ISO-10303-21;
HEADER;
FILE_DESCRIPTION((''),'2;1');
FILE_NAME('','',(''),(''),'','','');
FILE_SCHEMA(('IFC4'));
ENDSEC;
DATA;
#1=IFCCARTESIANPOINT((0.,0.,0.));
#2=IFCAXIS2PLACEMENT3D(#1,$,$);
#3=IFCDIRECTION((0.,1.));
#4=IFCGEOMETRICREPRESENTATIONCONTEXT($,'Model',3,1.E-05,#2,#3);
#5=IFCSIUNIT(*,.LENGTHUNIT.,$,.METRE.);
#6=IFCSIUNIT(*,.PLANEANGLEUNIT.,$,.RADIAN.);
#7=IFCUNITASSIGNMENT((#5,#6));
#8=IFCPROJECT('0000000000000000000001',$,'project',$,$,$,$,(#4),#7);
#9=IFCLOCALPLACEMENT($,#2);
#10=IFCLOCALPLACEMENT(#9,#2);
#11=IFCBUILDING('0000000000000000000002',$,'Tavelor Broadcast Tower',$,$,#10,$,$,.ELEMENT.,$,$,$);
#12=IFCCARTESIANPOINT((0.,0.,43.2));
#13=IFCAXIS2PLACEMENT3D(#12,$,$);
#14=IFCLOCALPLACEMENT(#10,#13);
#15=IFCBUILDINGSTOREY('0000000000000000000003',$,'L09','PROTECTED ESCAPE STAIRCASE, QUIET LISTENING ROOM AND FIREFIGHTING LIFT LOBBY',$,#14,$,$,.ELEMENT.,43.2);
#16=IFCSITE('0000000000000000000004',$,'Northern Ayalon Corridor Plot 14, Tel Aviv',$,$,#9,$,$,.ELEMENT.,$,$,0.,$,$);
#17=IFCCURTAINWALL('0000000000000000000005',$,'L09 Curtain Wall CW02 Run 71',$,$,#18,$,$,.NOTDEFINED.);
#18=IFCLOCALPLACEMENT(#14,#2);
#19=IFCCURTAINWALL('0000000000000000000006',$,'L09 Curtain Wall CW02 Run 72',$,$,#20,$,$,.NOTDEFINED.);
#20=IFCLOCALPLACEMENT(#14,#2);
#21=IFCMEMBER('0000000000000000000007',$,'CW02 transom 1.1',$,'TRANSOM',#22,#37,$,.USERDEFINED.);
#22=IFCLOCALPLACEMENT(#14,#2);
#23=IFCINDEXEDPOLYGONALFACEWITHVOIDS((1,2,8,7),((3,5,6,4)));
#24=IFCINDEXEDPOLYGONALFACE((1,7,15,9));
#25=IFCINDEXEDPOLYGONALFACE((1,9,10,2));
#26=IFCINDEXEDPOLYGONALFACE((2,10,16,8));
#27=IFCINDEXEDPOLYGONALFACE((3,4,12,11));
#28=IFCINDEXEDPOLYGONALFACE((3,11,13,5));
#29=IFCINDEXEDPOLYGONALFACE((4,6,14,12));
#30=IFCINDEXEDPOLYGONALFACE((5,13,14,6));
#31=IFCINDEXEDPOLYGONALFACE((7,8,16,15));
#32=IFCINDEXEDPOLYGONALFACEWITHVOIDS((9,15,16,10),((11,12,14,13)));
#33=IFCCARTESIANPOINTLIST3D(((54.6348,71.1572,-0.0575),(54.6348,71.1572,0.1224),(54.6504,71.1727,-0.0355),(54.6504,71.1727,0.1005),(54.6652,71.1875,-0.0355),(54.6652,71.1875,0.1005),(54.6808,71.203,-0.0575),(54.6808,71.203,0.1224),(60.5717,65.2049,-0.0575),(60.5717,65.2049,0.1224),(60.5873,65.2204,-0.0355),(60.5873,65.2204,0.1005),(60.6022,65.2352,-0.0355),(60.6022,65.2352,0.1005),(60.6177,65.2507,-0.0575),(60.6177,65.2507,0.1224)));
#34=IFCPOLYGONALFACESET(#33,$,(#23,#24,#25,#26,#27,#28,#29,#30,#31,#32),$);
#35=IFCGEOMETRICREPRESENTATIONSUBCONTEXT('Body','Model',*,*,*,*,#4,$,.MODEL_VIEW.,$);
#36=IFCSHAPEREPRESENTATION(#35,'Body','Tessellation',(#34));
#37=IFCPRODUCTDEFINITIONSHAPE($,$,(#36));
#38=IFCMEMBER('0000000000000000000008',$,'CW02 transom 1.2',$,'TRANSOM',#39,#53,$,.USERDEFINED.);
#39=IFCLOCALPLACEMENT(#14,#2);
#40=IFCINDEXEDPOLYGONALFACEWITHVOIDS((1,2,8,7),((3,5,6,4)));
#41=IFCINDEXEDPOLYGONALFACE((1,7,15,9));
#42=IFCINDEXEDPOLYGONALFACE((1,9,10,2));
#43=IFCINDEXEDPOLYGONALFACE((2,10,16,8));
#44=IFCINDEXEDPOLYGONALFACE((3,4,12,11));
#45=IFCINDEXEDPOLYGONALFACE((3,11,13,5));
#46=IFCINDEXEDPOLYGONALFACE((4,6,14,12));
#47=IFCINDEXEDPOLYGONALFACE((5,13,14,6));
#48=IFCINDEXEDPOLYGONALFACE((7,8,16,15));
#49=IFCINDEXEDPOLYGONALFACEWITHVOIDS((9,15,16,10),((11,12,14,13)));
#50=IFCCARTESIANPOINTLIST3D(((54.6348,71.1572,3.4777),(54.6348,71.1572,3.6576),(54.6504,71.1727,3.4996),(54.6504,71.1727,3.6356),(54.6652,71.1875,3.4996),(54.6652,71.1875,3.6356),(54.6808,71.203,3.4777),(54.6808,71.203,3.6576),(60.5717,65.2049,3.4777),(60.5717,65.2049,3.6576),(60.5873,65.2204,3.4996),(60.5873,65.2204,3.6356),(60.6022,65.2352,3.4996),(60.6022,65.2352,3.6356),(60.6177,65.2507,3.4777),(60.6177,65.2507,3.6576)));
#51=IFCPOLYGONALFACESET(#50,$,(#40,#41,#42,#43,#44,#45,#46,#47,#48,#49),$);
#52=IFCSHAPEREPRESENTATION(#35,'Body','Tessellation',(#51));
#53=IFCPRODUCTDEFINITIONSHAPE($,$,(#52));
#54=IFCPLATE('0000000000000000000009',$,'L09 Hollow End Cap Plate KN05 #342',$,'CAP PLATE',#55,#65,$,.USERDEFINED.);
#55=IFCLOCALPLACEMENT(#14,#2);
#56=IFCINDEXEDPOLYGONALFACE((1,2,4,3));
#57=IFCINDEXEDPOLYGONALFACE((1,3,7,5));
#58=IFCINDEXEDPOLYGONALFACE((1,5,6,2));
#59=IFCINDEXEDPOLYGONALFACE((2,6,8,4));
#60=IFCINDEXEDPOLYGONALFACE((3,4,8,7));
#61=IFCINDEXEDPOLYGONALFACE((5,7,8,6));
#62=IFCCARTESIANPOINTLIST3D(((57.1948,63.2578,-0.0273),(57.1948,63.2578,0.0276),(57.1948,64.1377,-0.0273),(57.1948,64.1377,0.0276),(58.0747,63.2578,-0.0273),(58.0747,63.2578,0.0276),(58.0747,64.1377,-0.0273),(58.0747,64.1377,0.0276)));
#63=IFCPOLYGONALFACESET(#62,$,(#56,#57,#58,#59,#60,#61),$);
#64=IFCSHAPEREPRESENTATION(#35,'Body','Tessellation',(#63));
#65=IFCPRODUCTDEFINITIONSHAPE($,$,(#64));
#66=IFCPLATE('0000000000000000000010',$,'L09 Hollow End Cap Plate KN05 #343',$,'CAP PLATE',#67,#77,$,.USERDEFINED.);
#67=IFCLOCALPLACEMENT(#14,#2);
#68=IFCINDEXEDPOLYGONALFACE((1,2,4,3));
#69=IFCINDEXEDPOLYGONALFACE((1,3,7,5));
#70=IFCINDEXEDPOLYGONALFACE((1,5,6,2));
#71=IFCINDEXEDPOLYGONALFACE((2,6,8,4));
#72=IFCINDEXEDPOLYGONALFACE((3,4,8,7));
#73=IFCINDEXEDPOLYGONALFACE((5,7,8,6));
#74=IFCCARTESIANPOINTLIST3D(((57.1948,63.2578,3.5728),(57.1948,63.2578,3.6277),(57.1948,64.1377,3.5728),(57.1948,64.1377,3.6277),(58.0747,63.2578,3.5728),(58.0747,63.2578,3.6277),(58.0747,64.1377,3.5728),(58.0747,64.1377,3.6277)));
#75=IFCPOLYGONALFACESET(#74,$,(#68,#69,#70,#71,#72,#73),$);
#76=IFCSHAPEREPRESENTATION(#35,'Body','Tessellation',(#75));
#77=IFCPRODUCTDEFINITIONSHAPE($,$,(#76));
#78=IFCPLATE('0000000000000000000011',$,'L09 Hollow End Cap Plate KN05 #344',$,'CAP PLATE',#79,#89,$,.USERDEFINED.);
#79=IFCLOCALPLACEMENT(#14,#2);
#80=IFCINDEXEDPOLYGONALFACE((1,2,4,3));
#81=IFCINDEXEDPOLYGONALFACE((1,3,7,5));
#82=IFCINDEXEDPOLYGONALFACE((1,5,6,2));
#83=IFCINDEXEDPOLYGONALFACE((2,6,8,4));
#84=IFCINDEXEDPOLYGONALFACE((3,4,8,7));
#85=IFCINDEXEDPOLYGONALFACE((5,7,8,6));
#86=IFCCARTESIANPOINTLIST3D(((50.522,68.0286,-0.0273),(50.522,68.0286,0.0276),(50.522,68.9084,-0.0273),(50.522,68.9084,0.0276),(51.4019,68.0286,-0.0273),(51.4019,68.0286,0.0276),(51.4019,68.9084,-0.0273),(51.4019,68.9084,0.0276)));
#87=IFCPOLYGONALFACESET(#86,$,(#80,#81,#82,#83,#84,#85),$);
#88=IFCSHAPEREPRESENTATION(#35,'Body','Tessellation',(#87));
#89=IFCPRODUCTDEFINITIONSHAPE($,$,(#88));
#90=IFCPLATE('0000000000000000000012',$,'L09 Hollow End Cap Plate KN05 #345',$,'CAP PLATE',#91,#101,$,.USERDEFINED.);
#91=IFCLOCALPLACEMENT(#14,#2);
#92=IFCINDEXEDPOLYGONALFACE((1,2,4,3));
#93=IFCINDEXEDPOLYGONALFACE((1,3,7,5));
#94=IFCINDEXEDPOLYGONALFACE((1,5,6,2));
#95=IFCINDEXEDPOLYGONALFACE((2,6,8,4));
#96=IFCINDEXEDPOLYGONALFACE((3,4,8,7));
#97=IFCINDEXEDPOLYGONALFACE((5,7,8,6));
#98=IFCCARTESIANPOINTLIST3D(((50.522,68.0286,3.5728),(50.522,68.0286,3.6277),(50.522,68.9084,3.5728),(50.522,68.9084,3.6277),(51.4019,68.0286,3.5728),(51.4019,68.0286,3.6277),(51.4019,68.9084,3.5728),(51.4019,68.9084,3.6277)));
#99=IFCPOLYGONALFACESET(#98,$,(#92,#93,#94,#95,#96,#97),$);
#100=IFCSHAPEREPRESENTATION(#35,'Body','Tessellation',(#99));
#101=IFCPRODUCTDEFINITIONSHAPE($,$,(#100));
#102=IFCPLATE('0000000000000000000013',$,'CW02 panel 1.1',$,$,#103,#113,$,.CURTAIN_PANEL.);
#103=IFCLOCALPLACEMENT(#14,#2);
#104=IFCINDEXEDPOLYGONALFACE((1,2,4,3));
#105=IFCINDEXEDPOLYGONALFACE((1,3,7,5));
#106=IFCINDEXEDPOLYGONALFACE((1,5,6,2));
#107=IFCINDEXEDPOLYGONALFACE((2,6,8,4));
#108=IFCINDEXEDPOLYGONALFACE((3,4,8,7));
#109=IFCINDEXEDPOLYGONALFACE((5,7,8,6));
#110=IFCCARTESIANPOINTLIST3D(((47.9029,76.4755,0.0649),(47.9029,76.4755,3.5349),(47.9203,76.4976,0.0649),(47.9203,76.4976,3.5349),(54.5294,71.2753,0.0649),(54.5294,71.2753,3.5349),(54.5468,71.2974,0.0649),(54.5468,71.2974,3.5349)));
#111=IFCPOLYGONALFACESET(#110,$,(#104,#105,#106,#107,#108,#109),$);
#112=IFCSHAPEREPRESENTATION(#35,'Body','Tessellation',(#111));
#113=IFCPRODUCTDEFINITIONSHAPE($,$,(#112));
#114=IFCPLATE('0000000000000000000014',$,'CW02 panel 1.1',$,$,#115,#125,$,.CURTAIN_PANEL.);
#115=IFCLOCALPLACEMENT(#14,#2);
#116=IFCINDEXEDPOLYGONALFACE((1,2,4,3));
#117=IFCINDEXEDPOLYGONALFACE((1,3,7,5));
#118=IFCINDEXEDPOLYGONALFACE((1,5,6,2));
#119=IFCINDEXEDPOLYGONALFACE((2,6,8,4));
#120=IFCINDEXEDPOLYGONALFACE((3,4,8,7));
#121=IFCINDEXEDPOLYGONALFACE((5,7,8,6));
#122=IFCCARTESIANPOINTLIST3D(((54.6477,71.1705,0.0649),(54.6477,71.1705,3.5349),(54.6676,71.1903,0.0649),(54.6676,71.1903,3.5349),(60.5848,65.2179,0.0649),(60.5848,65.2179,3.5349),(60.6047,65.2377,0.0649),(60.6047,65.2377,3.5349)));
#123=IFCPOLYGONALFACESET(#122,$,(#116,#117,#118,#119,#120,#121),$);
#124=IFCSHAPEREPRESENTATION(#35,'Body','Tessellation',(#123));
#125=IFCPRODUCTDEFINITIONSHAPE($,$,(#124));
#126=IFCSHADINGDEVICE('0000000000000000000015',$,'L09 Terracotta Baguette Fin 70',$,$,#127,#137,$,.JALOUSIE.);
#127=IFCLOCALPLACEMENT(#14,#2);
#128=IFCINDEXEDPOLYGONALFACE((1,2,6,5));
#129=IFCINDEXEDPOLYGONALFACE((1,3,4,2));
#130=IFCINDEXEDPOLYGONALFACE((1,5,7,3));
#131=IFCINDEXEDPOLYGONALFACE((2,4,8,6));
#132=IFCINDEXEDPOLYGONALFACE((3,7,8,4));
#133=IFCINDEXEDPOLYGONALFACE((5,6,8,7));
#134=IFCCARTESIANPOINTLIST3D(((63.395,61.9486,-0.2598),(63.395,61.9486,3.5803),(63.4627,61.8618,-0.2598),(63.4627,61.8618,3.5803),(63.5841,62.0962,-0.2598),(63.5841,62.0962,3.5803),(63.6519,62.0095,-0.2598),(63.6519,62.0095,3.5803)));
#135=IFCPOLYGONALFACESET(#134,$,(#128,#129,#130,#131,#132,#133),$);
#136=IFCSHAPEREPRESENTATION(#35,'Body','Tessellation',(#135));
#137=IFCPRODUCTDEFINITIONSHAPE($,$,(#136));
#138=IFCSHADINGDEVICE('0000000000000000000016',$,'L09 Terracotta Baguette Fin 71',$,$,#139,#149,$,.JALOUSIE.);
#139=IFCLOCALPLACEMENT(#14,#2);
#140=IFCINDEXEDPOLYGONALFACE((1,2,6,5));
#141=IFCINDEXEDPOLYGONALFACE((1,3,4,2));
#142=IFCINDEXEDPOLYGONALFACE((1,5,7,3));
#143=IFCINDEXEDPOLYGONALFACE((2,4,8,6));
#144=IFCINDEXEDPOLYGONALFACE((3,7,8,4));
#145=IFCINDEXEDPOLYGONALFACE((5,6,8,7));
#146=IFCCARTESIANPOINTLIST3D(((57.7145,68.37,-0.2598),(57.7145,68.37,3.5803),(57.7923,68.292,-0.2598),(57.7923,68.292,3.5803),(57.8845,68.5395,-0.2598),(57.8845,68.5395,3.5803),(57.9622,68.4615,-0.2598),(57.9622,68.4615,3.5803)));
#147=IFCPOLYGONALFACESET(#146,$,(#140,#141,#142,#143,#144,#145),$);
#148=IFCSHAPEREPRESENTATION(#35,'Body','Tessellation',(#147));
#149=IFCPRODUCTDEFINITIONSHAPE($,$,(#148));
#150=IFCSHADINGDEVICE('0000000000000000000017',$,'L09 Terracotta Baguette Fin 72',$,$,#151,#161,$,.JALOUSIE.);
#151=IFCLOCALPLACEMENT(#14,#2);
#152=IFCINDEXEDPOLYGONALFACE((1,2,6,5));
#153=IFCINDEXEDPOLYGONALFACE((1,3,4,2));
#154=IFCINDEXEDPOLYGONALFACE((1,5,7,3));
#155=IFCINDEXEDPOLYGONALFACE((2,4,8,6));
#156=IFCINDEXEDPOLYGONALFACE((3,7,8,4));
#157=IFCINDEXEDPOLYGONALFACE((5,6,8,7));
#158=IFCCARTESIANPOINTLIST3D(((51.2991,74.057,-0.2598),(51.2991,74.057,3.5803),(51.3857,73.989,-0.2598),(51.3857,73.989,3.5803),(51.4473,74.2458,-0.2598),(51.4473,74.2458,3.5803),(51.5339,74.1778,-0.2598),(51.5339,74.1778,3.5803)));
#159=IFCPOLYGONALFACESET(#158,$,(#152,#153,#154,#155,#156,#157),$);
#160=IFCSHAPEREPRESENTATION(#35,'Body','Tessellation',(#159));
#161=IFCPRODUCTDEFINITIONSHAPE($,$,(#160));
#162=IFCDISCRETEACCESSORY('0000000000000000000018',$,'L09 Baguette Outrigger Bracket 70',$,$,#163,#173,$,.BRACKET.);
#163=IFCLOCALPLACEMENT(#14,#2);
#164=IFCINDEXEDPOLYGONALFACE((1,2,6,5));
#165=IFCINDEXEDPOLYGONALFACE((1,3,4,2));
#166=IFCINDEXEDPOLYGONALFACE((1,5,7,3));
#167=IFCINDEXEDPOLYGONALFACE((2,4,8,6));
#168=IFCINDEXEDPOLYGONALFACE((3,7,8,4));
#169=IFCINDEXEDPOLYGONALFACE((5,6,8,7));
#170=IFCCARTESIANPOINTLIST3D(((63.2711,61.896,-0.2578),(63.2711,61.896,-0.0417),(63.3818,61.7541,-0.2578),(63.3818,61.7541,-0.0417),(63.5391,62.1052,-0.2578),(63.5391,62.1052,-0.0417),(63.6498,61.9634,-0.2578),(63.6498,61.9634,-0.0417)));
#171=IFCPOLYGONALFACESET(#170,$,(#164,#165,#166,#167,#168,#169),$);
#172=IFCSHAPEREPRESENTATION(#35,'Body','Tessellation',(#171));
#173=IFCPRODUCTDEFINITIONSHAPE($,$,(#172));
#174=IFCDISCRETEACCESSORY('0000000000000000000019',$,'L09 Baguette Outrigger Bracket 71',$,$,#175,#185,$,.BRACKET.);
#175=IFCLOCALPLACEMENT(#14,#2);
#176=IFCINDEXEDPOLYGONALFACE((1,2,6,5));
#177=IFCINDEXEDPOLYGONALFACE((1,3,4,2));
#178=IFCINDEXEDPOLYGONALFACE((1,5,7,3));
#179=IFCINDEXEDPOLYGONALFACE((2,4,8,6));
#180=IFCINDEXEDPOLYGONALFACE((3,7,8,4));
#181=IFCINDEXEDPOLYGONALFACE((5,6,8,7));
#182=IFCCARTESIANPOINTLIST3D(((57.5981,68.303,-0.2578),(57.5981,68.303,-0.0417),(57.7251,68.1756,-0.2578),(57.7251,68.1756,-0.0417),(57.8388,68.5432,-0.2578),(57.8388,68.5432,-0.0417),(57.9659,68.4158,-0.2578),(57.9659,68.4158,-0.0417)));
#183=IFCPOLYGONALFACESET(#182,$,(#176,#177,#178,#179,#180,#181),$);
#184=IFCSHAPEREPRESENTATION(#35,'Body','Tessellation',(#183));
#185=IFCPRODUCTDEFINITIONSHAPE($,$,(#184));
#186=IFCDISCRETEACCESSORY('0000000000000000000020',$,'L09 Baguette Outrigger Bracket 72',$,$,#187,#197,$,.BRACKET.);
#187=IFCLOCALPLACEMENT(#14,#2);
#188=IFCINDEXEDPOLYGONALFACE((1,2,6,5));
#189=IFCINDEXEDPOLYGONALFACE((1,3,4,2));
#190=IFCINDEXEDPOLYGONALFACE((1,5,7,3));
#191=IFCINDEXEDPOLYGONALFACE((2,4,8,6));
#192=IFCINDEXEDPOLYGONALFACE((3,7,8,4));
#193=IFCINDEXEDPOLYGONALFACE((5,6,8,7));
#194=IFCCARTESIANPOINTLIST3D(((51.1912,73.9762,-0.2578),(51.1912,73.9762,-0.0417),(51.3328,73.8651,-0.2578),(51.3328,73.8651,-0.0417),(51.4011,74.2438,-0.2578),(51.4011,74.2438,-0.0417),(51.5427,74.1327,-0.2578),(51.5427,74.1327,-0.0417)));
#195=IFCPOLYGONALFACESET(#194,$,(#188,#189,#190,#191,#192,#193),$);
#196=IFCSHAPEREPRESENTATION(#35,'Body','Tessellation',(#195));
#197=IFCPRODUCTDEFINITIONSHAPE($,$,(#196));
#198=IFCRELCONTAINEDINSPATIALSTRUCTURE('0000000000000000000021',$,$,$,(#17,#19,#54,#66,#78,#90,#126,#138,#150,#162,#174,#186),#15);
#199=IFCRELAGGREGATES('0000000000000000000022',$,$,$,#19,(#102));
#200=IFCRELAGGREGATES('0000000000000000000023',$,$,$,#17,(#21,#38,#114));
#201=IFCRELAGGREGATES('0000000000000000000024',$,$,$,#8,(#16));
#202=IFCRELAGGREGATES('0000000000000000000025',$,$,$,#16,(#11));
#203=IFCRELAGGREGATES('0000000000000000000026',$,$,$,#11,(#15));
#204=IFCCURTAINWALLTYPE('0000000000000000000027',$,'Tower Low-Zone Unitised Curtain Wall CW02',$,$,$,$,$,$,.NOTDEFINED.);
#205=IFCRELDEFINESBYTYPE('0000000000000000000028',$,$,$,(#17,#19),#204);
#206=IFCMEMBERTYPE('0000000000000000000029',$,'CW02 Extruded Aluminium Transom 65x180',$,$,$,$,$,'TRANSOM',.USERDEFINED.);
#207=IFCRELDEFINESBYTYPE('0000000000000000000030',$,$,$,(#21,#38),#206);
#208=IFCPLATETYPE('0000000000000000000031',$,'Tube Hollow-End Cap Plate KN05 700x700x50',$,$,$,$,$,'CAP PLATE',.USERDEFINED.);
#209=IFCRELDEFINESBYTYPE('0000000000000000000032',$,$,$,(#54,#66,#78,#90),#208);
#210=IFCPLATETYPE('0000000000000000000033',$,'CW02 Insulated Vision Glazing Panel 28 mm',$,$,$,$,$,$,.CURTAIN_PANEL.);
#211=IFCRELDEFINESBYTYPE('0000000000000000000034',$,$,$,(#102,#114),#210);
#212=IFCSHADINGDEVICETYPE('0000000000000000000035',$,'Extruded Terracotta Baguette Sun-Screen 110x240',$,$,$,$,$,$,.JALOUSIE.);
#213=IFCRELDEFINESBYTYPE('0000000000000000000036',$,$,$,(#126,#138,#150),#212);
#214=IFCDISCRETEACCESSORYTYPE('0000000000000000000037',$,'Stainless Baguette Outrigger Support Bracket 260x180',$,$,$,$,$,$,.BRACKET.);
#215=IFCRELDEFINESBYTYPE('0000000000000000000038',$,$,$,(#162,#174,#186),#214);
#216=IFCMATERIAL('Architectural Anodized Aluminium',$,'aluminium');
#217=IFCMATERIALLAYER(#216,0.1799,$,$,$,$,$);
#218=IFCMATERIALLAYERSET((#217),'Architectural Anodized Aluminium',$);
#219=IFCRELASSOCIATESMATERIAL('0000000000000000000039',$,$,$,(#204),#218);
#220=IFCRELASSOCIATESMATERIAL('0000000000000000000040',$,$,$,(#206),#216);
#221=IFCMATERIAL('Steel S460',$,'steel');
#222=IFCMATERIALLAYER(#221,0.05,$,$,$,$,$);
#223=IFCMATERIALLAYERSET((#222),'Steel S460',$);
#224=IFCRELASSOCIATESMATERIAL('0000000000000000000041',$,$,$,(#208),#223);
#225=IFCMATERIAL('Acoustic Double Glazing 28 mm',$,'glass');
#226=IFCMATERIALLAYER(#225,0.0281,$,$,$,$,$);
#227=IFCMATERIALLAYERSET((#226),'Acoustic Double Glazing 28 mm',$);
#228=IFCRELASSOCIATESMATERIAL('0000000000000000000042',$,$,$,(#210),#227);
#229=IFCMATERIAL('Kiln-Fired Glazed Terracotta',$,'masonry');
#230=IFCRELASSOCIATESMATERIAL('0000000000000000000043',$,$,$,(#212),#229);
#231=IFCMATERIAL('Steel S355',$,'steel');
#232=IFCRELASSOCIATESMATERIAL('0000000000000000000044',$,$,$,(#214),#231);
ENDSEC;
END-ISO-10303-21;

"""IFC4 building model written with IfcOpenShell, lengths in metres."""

from ifc_helpers import new_model, si_unit, direction, frame, origin, origin_2d, place, context, subcontext, project, spatial, rectangle, hollow_rectangle, extrude, source, transform, mapped, material, layer, layer_set, material_profile, profile_set, type_object, type_shapes, element, aggregate, save


model = new_model("IFC4")

# Units and contexts
model_context = context("Model", 3, precision=1e-05, world=origin(), true_north=direction((0.0, 1.0)))
body_context = subcontext(model_context, "Body", "Model", "MODEL_VIEW")
ifc_project = project(units=[si_unit("LENGTHUNIT", "METRE"), si_unit("PLANEANGLEUNIT", "RADIAN")], contexts=[model_context])

# Site, building, storey
site_placement = place(None, origin())
site = spatial("IfcSite", under=ifc_project, at=site_placement, Name="Northern Ayalon Corridor Plot 14, Tel Aviv", CompositionType="ELEMENT", RefElevation=0.0)
building_placement = place(site_placement, origin())
building = spatial("IfcBuilding", under=site, at=building_placement, Name="Tavelor Broadcast Tower", CompositionType="ELEMENT")
storey_placement = place(building_placement, frame((0.0, 0.0, 43.2)))
storey = spatial("IfcBuildingStorey", under=building, at=storey_placement, Name="L09", Description="PROTECTED ESCAPE STAIRCASE, QUIET LISTENING ROOM AND FIREFIGHTING LIFT LOBBY", CompositionType="ELEMENT", Elevation=43.2)

# Shared definitions
ifc_material_1 = material(Name="Steel S460", Category="steel")

# Shared definitions
ifc_material_2 = material(Name="Steel S355", Category="steel")

# Shared definitions
ifc_material_3 = material(Name="Architectural Anodized Aluminium", Category="aluminium")
ifc_layer_1 = layer(ifc_material_3, 0.1799)
ifc_layer_set_1 = layer_set([ifc_layer_1], Name="Architectural Anodized Aluminium")
curtain_wall_type = type_object("IfcCurtainWallType", Name="Tower Low-Zone Unitised Curtain Wall CW02", PredefinedType="NOTDEFINED", material=ifc_layer_set_1)

# Curtain walls
curtain_wall_1_placement = place(storey_placement, origin())
curtain_wall_1 = element("IfcCurtainWall", 1, at=curtain_wall_1_placement, inside=storey, type_object=curtain_wall_type, Name="L09 Curtain Wall CW02 Run 71", PredefinedType="NOTDEFINED")
curtain_wall_2_placement = place(storey_placement, origin())
curtain_wall_2 = element("IfcCurtainWall", 2, at=curtain_wall_2_placement, inside=storey, type_object=curtain_wall_type, Name="L09 Curtain Wall CW02 Run 72", PredefinedType="NOTDEFINED")
ifc_material_profile_1 = material_profile(ifc_material_3, hollow_rectangle(XDim=0.0649, YDim=0.1799, WallThickness=0.022, at=origin_2d()), Name="RHS 65x180x22")
ifc_profile_set_1 = profile_set([ifc_material_profile_1], Name="Architectural Anodized Aluminium")
member_type_1 = type_object("IfcMemberType", Name="CW02 Extruded Aluminium Transom 65x180", ElementType="TRANSOM", PredefinedType="USERDEFINED", material=ifc_profile_set_1)

# Members
shared_shape_1 = source(origin(), body_context, "Body", "SweptSolid", [
    extrude(hollow_rectangle(XDim=0.0649, YDim=0.1799, WallThickness=0.022, at=origin_2d()), origin(), (0.0, 0.0, 1.0), 8.407),
])
member_1_placement = place(storey_placement, frame((60.5947, 65.2278, 0.0325), z_axis=(-0.706191, 0.708021, 0.0), x_axis=(-0.708021, -0.706191, 0.0)))
member_1 = element("IfcMember", 3, at=member_1_placement, type_object=member_type_1, Name="CW02 transom 1.1", ObjectType="TRANSOM", PredefinedType="USERDEFINED", context=body_context, shape_type="MappedRepresentation", body=[
    mapped(shared_shape_1, transform((0.0, 0.0, 0.0), scale=1.0)),
])
member_2_placement = place(storey_placement, frame((60.5947, 65.2278, 3.5676), z_axis=(-0.706191, 0.708021, 0.0), x_axis=(-0.708021, -0.706191, 0.0)))
member_2 = element("IfcMember", 4, at=member_2_placement, type_object=member_type_1, Name="CW02 transom 1.2", ObjectType="TRANSOM", PredefinedType="USERDEFINED", context=body_context, shape_type="MappedRepresentation", body=[
    mapped(shared_shape_1, transform((0.0, 0.0, 0.0), scale=1.0)),
])

# Plates
ifc_layer_2 = layer(ifc_material_1, 0.05)
ifc_layer_set_2 = layer_set([ifc_layer_2], Name="Steel S460")
plate_type_1 = type_object("IfcPlateType", Name="Tube Hollow-End Cap Plate KN05 700x700x50", ElementType="CAP PLATE", PredefinedType="USERDEFINED", material=ifc_layer_set_2)
shared_shape_2 = source(origin(), body_context, "Body", "SweptSolid", [
    extrude(rectangle(XDim=0.8799, YDim=0.8799, at=origin_2d()), origin(), (0.0, 0.0, 1.0), 0.0549),
])
type_shapes(plate_type_1, [shared_shape_2])
for number, where, z_axis, x_axis, name in (
    (5, (57.6348, 63.6978, -0.0273), (0.0, 0.0, 1.0), (1.0, 0.0, 0.0), "L09 Hollow End Cap Plate KN05 #342"),
    (6, (57.6348, 63.6978, 3.5728), (0.0, 0.0, 1.0), (1.0, 0.0, 0.0), "L09 Hollow End Cap Plate KN05 #343"),
    (7, (50.9619, 68.4685, -0.0273), (0.0, 0.0, 1.0), (1.0, 0.0, 0.0), "L09 Hollow End Cap Plate KN05 #344"),
    (8, (50.9619, 68.4685, 3.5728), (0.0, 0.0, 1.0), (1.0, 0.0, 0.0), "L09 Hollow End Cap Plate KN05 #345"),
):
    element("IfcPlate", number, at=place(storey_placement, frame(where, z_axis=z_axis, x_axis=x_axis)), inside=storey, type_object=plate_type_1, Name=name, ObjectType="CAP PLATE", PredefinedType="USERDEFINED", context=body_context, shape_type="MappedRepresentation", body=[
        mapped(shared_shape_2, transform((0.0, 0.0, 0.0), scale=1.0)),
    ])

# Plates
ifc_material_4 = material(Name="Acoustic Double Glazing 28 mm", Category="glass")
ifc_layer_3 = layer(ifc_material_4, 0.0281)
ifc_layer_set_3 = layer_set([ifc_layer_3], Name="Acoustic Double Glazing 28 mm")
plate_type_2 = type_object("IfcPlateType", Name="CW02 Insulated Vision Glazing Panel 28 mm", PredefinedType="CURTAIN_PANEL", material=ifc_layer_set_3)
shared_shape_3 = source(origin(), body_context, "Body", "SweptSolid", [
    extrude(rectangle(XDim=8.4233, YDim=0.0281, at=origin_2d()), origin(), (0.0, 0.0, 1.0), 3.47),
])
plate_1_placement = place(storey_placement, frame((51.2249, 73.8865, 0.0649), z_axis=(0.0, 0.0, 1.0), x_axis=(-0.786684, 0.617356, 0.0)))
plate_1 = element("IfcPlate", 9, at=plate_1_placement, type_object=plate_type_2, Name="CW02 panel 1.1", PredefinedType="CURTAIN_PANEL", context=body_context, shape_type="MappedRepresentation", body=[
    mapped(shared_shape_3, transform((0.0, 0.0, 0.0), scale=1.0)),
])
aggregate(curtain_wall_2, [plate_1])
shared_shape_4 = source(origin(), body_context, "Body", "SweptSolid", [
    extrude(rectangle(XDim=8.4072, YDim=0.0281, at=origin_2d()), origin(), (0.0, 0.0, 1.0), 3.47),
])
type_shapes(plate_type_2, [shared_shape_3, shared_shape_4])
plate_2_placement = place(storey_placement, frame((57.6262, 68.2041, 0.0649), z_axis=(0.0, 0.0, 1.0), x_axis=(-0.706187, 0.708026, 0.0)))
plate_2 = element("IfcPlate", 10, at=plate_2_placement, type_object=plate_type_2, Name="CW02 panel 1.1", PredefinedType="CURTAIN_PANEL", context=body_context, shape_type="MappedRepresentation", body=[
    mapped(shared_shape_4, transform((0.0, 0.0, 0.0), scale=1.0)),
])
aggregate(curtain_wall_1, [member_1, member_2, plate_2])

# Shading devices
ifc_material_5 = material(Name="Kiln-Fired Glazed Terracotta", Category="masonry")
shading_device_type = type_object("IfcShadingDeviceType", Name="Extruded Terracotta Baguette Sun-Screen 110x240", PredefinedType="JALOUSIE", material=ifc_material_5)
shared_shape_5 = source(origin(), body_context, "Body", "SweptSolid", [
    extrude(rectangle(XDim=0.1101, YDim=0.24, at=origin_2d()), origin(), (0.0, 0.0, 1.0), 3.8401),
])
type_shapes(shading_device_type, [shared_shape_5])
for number, where, z_axis, x_axis, name in (
    (11, (63.5234, 61.979, -0.2598), (0.0, 0.0, 1.0), (-0.615386, 0.788226, 0.0), "L09 Terracotta Baguette Fin 70"),
    (12, (57.8384, 68.4158, -0.2598), (0.0, 0.0, 1.0), (-0.706242, 0.70797, 0.0), "L09 Terracotta Baguette Fin 71"),
    (13, (51.4165, 74.1174, -0.2598), (0.0, 0.0, 1.0), (-0.78672, 0.617311, 0.0), "L09 Terracotta Baguette Fin 72"),
):
    element("IfcShadingDevice", number, at=place(storey_placement, frame(where, z_axis=z_axis, x_axis=x_axis)), inside=storey, type_object=shading_device_type, Name=name, PredefinedType="JALOUSIE", context=body_context, shape_type="MappedRepresentation", body=[
        mapped(shared_shape_5, transform((0.0, 0.0, 0.0), scale=1.0)),
    ])

# Discrete accessories
discrete_accessory_type = type_object("IfcDiscreteAccessoryType", Name="Stainless Baguette Outrigger Support Bracket 260x180", PredefinedType="BRACKET", material=ifc_material_2)
shared_shape_6 = source(origin(), body_context, "Body", "SweptSolid", [
    extrude(rectangle(XDim=0.1799, YDim=0.3401, at=origin_2d()), origin(), (0.0, 0.0, 1.0), 0.2161),
])
type_shapes(discrete_accessory_type, [shared_shape_6])
for number, where, z_axis, x_axis, name in (
    (14, (63.4604, 61.9297, -0.2578), (0.0, 0.0, 1.0), (-0.615386, 0.788226, 0.0), "L09 Baguette Outrigger Bracket 70"),
    (15, (57.782, 68.3594, -0.2578), (0.0, 0.0, 1.0), (-0.706242, 0.70797, 0.0), "L09 Baguette Outrigger Bracket 71"),
    (16, (51.3669, 74.0544, -0.2578), (0.0, 0.0, 1.0), (-0.78672, 0.617311, 0.0), "L09 Baguette Outrigger Bracket 72"),
):
    element("IfcDiscreteAccessory", number, at=place(storey_placement, frame(where, z_axis=z_axis, x_axis=x_axis)), inside=storey, type_object=discrete_accessory_type, Name=name, PredefinedType="BRACKET", context=body_context, shape_type="MappedRepresentation", body=[
        mapped(shared_shape_6, transform((0.0, 0.0, 0.0), scale=1.0)),
    ])

save(model, "model.ifc")
